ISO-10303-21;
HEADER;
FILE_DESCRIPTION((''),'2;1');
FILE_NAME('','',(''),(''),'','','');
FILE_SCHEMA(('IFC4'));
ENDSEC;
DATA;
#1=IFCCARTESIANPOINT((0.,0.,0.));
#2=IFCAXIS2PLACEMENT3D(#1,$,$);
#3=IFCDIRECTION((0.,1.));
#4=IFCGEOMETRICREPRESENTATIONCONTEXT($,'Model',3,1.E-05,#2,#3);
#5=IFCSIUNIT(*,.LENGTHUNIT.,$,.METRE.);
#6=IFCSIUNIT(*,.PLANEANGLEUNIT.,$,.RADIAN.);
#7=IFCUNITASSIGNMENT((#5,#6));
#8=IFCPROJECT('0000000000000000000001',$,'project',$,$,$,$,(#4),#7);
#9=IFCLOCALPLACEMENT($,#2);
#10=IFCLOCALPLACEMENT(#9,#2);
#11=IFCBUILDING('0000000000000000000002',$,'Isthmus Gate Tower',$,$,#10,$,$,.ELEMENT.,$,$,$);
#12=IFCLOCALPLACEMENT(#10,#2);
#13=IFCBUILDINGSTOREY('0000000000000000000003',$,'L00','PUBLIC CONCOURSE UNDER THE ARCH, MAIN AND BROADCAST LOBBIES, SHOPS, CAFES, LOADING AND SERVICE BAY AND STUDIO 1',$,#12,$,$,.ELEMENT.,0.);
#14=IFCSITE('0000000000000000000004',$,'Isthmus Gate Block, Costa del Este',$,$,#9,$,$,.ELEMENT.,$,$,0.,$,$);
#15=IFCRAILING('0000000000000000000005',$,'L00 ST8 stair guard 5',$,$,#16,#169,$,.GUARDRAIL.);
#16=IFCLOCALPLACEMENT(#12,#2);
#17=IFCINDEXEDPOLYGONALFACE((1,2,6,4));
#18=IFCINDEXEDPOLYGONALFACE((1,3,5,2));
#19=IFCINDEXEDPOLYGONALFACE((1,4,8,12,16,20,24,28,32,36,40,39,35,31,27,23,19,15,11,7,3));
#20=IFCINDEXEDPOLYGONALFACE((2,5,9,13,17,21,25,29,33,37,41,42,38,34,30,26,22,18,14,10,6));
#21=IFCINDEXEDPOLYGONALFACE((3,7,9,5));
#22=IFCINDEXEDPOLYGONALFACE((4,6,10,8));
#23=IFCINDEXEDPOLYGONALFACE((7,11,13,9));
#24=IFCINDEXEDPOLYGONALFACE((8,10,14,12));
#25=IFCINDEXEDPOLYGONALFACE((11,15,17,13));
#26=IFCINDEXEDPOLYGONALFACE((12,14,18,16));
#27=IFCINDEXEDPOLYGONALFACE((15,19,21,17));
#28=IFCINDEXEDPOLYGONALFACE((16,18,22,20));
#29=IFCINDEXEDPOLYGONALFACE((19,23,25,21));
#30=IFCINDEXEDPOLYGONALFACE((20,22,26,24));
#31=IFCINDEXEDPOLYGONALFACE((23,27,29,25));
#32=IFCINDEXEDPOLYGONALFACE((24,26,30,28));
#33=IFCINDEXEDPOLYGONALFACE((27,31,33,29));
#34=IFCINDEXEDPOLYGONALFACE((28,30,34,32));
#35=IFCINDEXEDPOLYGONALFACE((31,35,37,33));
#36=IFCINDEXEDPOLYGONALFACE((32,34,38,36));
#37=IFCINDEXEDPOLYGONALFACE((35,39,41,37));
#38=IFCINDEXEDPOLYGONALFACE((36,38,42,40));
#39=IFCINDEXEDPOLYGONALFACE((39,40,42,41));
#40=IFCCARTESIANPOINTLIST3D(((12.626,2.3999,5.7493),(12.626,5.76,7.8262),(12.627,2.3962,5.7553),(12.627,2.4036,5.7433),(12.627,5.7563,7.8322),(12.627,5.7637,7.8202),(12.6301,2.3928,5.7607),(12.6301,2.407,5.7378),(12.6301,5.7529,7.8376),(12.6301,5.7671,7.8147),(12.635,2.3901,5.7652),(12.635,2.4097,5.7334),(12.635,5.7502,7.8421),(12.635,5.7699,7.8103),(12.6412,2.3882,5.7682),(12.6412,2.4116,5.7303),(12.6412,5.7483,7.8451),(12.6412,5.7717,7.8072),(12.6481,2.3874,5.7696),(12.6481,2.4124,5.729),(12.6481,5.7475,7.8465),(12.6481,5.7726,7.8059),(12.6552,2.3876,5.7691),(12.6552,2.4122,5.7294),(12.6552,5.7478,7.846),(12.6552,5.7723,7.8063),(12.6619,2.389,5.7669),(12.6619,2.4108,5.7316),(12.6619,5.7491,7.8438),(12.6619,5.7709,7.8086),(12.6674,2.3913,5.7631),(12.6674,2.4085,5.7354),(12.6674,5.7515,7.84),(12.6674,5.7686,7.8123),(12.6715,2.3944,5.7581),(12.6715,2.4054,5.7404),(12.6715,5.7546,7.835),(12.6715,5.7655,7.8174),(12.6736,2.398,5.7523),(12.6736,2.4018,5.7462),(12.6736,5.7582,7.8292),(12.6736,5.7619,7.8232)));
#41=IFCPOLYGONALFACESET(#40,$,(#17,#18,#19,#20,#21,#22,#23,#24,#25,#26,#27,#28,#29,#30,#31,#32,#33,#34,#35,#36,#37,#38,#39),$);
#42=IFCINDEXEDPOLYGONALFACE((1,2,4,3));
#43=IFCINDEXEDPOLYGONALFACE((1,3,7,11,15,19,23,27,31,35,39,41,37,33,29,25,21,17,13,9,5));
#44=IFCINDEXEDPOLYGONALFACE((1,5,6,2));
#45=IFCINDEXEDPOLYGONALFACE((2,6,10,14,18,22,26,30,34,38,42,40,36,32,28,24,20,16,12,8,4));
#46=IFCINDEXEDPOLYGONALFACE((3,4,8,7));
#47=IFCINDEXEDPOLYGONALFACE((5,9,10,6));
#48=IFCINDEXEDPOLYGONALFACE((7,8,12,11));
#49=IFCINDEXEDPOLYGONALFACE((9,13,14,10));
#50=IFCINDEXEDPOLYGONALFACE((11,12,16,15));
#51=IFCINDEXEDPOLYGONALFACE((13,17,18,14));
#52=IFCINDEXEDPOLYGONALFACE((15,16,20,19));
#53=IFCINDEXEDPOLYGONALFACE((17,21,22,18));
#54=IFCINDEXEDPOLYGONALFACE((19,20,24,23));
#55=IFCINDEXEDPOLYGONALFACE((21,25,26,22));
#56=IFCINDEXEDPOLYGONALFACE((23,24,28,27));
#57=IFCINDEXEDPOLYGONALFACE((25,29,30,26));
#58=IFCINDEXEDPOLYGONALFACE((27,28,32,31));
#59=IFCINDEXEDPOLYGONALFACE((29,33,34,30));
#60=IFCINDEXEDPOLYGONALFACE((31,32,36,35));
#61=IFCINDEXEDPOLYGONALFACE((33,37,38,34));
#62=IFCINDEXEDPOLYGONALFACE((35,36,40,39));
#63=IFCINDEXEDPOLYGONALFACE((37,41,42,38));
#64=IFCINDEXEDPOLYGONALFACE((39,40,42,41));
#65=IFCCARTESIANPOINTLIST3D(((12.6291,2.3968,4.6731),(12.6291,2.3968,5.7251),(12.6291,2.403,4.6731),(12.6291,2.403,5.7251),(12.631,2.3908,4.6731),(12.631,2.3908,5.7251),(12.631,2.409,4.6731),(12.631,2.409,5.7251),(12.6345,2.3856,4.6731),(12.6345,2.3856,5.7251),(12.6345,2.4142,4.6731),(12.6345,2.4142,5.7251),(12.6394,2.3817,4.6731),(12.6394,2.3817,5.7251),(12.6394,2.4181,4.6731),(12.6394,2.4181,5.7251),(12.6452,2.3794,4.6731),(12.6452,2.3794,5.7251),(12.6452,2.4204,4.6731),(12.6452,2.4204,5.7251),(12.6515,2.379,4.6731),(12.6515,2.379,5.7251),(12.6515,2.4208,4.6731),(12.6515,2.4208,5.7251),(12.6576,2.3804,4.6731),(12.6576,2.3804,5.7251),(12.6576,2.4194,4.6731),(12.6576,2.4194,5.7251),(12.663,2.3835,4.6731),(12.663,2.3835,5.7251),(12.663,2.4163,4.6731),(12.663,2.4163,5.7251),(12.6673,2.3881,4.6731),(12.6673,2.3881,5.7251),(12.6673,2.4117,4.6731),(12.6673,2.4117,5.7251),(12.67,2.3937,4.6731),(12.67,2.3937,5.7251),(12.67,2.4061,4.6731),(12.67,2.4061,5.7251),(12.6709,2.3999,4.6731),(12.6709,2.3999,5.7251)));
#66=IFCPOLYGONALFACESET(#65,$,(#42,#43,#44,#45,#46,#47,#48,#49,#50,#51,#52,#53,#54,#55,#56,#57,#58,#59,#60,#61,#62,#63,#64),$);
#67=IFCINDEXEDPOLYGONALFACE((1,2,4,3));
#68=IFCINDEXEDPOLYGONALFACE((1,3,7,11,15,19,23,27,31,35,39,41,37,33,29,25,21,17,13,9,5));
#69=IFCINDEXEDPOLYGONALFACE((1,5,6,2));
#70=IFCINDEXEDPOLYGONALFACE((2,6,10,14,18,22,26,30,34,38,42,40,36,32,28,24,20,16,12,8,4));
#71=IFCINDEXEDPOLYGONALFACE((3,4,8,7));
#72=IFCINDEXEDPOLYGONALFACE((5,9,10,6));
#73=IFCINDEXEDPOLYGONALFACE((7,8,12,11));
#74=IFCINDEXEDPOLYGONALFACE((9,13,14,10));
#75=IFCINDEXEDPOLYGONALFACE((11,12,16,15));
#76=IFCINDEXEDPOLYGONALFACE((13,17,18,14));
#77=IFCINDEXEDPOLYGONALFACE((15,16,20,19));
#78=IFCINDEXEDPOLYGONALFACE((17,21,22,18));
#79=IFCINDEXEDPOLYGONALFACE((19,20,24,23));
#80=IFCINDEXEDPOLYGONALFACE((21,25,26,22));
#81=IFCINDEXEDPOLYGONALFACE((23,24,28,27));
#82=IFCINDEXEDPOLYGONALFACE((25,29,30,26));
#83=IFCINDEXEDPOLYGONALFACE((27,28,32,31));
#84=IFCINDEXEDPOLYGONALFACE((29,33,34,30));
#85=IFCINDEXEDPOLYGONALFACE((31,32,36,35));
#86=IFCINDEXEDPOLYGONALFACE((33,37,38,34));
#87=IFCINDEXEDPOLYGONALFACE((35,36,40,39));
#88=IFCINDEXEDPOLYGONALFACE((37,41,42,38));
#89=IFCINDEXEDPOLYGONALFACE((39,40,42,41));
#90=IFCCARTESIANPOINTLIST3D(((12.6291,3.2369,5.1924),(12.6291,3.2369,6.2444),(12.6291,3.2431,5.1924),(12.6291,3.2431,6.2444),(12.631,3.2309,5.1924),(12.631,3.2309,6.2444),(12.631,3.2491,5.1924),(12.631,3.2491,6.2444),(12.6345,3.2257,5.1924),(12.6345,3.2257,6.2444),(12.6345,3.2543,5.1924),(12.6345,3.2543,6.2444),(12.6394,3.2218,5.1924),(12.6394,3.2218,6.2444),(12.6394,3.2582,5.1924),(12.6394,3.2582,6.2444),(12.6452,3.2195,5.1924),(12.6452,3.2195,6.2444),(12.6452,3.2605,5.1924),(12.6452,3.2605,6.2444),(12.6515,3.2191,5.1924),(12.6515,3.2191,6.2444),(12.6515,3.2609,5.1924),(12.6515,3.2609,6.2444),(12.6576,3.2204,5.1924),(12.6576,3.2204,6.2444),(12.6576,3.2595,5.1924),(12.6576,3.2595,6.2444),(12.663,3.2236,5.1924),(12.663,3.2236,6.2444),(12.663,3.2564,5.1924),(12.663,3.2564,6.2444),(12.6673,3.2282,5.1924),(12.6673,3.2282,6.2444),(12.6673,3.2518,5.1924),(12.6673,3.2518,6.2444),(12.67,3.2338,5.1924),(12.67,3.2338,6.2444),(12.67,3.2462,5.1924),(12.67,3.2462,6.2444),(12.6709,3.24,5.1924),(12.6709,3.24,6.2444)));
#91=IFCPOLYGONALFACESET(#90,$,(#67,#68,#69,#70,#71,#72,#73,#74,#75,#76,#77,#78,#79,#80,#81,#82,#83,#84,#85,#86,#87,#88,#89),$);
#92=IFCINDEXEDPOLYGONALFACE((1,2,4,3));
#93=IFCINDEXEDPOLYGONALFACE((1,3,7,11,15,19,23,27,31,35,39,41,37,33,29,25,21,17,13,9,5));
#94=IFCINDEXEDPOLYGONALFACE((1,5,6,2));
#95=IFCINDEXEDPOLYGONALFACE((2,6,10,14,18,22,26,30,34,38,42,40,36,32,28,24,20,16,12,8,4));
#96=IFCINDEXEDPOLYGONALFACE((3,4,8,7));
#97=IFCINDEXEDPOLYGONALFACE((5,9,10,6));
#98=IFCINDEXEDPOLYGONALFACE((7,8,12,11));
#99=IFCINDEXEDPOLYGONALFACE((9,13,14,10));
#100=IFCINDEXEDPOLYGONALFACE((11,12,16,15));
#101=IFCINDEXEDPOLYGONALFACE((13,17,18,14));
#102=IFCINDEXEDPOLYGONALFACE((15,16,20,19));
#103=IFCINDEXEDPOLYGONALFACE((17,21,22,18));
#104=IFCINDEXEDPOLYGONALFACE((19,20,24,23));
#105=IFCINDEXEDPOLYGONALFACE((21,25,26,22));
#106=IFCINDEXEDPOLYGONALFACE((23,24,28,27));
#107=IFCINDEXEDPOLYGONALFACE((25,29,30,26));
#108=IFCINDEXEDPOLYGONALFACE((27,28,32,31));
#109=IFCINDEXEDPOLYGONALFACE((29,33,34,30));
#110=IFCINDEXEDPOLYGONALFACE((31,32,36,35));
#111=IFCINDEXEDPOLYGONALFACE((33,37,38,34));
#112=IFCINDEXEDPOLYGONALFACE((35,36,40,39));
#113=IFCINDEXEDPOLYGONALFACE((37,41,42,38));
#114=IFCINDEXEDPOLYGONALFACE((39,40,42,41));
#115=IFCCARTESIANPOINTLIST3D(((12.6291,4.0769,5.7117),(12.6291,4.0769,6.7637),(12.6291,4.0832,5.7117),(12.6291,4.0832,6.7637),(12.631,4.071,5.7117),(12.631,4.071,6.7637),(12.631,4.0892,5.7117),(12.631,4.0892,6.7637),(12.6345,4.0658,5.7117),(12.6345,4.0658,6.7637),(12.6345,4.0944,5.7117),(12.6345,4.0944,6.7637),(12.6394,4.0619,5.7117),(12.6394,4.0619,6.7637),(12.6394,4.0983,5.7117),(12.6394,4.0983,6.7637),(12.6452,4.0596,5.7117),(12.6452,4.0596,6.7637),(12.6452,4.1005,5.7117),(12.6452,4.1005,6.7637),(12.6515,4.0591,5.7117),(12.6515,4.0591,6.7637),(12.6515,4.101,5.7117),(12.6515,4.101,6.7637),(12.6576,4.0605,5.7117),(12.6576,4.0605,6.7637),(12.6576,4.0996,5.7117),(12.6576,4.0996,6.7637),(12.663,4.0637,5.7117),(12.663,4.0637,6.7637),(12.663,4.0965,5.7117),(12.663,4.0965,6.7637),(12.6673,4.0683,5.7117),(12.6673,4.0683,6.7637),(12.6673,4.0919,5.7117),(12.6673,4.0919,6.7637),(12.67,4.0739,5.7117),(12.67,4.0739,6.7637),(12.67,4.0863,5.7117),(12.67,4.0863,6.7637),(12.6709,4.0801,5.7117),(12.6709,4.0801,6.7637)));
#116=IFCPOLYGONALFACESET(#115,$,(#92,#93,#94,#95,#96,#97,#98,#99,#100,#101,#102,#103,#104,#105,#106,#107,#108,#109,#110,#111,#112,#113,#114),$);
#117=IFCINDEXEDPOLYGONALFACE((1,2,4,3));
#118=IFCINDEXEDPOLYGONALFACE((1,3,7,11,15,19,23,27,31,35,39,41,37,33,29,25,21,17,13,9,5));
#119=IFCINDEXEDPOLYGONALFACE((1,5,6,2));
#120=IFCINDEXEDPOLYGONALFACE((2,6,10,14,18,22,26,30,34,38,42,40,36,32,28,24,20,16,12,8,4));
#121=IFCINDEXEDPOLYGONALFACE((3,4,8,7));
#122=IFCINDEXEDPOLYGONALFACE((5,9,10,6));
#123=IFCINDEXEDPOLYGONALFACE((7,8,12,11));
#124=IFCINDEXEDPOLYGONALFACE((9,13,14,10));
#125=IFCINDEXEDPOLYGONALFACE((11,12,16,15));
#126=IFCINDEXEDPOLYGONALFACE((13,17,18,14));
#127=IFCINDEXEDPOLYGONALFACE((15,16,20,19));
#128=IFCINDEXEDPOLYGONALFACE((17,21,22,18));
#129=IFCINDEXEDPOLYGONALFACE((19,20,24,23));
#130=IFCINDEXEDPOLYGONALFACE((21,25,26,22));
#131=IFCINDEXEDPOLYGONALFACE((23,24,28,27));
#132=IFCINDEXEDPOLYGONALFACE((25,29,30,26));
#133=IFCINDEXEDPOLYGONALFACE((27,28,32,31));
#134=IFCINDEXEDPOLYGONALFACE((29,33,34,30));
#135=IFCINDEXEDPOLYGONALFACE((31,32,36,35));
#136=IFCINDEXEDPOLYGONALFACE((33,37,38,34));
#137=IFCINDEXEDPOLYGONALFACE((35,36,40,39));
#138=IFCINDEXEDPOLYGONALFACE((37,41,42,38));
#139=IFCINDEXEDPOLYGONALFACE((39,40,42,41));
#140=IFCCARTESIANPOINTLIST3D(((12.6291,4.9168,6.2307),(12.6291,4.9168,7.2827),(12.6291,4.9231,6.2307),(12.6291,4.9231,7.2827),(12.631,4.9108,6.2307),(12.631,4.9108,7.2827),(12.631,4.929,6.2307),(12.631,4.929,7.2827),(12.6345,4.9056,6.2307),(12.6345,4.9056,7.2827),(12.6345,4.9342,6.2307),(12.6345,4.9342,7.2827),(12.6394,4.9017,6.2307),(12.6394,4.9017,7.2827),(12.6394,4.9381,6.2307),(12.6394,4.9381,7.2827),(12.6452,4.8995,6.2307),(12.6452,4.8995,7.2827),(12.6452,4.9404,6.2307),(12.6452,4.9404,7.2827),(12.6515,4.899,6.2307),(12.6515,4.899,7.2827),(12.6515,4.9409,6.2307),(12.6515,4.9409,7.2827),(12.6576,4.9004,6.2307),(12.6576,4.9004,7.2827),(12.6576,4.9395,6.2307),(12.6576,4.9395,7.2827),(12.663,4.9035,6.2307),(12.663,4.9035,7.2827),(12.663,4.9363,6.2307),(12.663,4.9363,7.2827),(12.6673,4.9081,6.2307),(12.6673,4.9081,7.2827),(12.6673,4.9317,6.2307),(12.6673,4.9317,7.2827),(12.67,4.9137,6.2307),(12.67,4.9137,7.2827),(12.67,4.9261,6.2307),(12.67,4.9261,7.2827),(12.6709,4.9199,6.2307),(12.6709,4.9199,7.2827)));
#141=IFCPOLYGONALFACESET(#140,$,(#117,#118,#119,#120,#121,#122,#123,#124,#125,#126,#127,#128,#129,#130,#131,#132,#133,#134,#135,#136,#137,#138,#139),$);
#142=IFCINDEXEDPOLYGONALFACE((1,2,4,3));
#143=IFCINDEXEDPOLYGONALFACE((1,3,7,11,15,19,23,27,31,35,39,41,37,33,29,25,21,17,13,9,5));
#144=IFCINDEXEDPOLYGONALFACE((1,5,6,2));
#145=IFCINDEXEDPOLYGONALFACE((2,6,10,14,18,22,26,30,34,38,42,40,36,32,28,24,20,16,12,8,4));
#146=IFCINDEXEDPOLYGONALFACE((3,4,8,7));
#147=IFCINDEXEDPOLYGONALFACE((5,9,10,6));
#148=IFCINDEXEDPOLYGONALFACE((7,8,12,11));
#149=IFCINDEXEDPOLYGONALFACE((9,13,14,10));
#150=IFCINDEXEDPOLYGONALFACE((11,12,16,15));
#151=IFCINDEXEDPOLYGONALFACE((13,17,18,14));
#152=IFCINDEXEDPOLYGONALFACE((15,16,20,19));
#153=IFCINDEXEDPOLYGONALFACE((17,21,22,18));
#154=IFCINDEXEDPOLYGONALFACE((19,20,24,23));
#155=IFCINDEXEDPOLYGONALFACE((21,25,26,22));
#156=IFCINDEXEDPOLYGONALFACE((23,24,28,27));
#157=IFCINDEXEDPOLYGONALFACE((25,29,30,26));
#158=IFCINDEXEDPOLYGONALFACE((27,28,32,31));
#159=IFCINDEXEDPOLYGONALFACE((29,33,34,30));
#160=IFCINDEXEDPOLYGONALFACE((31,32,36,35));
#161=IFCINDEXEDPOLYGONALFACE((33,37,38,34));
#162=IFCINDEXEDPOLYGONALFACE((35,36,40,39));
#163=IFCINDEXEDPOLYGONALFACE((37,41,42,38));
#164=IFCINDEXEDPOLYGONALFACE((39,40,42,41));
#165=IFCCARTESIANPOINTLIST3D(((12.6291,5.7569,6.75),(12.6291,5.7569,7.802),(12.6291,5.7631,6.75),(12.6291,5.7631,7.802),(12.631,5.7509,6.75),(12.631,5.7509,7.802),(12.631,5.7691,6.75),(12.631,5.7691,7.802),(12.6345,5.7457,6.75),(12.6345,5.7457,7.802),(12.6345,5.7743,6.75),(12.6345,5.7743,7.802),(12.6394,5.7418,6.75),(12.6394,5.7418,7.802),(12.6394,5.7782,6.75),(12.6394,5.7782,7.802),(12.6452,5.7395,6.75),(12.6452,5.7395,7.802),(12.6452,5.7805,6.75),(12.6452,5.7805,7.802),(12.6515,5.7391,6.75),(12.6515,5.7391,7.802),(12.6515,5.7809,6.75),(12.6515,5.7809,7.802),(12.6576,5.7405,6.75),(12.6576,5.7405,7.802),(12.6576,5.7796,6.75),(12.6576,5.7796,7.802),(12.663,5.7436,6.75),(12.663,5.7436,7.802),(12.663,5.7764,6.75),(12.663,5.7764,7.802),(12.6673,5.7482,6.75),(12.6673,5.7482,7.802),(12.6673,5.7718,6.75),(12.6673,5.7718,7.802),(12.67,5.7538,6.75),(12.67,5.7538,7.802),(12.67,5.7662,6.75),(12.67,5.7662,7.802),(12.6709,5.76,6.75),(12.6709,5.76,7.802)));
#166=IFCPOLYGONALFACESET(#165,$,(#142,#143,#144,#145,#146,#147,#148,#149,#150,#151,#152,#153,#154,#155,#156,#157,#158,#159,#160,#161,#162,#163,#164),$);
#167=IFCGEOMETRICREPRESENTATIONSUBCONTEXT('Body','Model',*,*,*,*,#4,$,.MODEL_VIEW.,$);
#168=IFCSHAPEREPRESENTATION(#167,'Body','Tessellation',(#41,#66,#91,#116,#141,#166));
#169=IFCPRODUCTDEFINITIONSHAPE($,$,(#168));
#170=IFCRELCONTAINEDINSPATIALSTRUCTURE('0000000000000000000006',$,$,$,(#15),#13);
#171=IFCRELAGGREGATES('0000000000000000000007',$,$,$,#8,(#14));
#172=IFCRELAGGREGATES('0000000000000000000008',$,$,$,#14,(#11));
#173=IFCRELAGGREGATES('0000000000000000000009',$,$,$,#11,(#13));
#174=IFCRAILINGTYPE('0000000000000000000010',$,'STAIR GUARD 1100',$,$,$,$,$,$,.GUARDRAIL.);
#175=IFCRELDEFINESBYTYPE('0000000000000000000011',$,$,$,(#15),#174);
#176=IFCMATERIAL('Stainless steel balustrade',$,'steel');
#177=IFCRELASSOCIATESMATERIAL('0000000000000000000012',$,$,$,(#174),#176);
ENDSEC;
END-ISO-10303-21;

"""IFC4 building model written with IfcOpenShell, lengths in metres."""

from ifc_helpers import new_model, si_unit, direction, frame, origin, origin_2d, place, context, subcontext, project, spatial, circle, extrude, material, type_object, element, save


model = new_model("IFC4")

# Units and contexts
model_context = context("Model", 3, precision=1e-05, world=origin(), true_north=direction((0.0, 1.0)))
body_context = subcontext(model_context, "Body", "Model", "MODEL_VIEW")
ifc_project = project(units=[si_unit("LENGTHUNIT", "METRE"), si_unit("PLANEANGLEUNIT", "RADIAN")], contexts=[model_context])

# Site, building, storey
site_placement = place(None, origin())
site = spatial("IfcSite", under=ifc_project, at=site_placement, Name="Isthmus Gate Block, Costa del Este", CompositionType="ELEMENT", RefElevation=0.0)
building_placement = place(site_placement, origin())
building = spatial("IfcBuilding", under=site, at=building_placement, Name="Isthmus Gate Tower", CompositionType="ELEMENT")
storey_placement = place(building_placement, origin())
storey = spatial("IfcBuildingStorey", under=building, at=storey_placement, Name="L00", Description="PUBLIC CONCOURSE UNDER THE ARCH, MAIN AND BROADCAST LOBBIES, SHOPS, CAFES, LOADING AND SERVICE BAY AND STUDIO 1", CompositionType="ELEMENT", Elevation=0.0)

# Railing
ifc_material_1 = material(Name="Stainless steel balustrade", Category="steel")
railing_type_1 = type_object("IfcRailingType", Name="STAIR GUARD 1100", PredefinedType="GUARDRAIL", material=ifc_material_1)
for number, where, name in (
    (1, (12.6499, 2.3999, 4.6731), "L00 ST8 stair guard 5"),
):
    element("IfcRailing", number, at=place(storey_placement, frame(where)), inside=storey, type_object=railing_type_1, Name=name, PredefinedType="GUARDRAIL", context=body_context, shape_type="SweptSolid", body=[
        extrude(circle(Radius=0.0239, at=origin_2d()), frame((0.0, 0.0, 1.0762), z_axis=(0.0, 0.850623, 0.525776), x_axis=(-1.0, 0.0, 0.0)), (0.0, 0.0, 1.0), 3.9502),
        extrude(circle(Radius=0.021, at=origin_2d()), origin(), (0.0, 0.0, 1.0), 1.052),
        extrude(circle(Radius=0.021, at=origin_2d()), frame((0.0, 0.8401, 0.5193)), (0.0, 0.0, 1.0), 1.052),
        extrude(circle(Radius=0.021, at=origin_2d()), frame((0.0, 1.6802, 1.0386)), (0.0, 0.0, 1.0), 1.052),
        extrude(circle(Radius=0.021, at=origin_2d()), frame((0.0, 2.52, 1.5576)), (0.0, 0.0, 1.0), 1.052),
        extrude(circle(Radius=0.021, at=origin_2d()), frame((0.0, 3.3601, 2.0769)), (0.0, 0.0, 1.0), 1.052),
    ])

save(model, "model.ifc")
